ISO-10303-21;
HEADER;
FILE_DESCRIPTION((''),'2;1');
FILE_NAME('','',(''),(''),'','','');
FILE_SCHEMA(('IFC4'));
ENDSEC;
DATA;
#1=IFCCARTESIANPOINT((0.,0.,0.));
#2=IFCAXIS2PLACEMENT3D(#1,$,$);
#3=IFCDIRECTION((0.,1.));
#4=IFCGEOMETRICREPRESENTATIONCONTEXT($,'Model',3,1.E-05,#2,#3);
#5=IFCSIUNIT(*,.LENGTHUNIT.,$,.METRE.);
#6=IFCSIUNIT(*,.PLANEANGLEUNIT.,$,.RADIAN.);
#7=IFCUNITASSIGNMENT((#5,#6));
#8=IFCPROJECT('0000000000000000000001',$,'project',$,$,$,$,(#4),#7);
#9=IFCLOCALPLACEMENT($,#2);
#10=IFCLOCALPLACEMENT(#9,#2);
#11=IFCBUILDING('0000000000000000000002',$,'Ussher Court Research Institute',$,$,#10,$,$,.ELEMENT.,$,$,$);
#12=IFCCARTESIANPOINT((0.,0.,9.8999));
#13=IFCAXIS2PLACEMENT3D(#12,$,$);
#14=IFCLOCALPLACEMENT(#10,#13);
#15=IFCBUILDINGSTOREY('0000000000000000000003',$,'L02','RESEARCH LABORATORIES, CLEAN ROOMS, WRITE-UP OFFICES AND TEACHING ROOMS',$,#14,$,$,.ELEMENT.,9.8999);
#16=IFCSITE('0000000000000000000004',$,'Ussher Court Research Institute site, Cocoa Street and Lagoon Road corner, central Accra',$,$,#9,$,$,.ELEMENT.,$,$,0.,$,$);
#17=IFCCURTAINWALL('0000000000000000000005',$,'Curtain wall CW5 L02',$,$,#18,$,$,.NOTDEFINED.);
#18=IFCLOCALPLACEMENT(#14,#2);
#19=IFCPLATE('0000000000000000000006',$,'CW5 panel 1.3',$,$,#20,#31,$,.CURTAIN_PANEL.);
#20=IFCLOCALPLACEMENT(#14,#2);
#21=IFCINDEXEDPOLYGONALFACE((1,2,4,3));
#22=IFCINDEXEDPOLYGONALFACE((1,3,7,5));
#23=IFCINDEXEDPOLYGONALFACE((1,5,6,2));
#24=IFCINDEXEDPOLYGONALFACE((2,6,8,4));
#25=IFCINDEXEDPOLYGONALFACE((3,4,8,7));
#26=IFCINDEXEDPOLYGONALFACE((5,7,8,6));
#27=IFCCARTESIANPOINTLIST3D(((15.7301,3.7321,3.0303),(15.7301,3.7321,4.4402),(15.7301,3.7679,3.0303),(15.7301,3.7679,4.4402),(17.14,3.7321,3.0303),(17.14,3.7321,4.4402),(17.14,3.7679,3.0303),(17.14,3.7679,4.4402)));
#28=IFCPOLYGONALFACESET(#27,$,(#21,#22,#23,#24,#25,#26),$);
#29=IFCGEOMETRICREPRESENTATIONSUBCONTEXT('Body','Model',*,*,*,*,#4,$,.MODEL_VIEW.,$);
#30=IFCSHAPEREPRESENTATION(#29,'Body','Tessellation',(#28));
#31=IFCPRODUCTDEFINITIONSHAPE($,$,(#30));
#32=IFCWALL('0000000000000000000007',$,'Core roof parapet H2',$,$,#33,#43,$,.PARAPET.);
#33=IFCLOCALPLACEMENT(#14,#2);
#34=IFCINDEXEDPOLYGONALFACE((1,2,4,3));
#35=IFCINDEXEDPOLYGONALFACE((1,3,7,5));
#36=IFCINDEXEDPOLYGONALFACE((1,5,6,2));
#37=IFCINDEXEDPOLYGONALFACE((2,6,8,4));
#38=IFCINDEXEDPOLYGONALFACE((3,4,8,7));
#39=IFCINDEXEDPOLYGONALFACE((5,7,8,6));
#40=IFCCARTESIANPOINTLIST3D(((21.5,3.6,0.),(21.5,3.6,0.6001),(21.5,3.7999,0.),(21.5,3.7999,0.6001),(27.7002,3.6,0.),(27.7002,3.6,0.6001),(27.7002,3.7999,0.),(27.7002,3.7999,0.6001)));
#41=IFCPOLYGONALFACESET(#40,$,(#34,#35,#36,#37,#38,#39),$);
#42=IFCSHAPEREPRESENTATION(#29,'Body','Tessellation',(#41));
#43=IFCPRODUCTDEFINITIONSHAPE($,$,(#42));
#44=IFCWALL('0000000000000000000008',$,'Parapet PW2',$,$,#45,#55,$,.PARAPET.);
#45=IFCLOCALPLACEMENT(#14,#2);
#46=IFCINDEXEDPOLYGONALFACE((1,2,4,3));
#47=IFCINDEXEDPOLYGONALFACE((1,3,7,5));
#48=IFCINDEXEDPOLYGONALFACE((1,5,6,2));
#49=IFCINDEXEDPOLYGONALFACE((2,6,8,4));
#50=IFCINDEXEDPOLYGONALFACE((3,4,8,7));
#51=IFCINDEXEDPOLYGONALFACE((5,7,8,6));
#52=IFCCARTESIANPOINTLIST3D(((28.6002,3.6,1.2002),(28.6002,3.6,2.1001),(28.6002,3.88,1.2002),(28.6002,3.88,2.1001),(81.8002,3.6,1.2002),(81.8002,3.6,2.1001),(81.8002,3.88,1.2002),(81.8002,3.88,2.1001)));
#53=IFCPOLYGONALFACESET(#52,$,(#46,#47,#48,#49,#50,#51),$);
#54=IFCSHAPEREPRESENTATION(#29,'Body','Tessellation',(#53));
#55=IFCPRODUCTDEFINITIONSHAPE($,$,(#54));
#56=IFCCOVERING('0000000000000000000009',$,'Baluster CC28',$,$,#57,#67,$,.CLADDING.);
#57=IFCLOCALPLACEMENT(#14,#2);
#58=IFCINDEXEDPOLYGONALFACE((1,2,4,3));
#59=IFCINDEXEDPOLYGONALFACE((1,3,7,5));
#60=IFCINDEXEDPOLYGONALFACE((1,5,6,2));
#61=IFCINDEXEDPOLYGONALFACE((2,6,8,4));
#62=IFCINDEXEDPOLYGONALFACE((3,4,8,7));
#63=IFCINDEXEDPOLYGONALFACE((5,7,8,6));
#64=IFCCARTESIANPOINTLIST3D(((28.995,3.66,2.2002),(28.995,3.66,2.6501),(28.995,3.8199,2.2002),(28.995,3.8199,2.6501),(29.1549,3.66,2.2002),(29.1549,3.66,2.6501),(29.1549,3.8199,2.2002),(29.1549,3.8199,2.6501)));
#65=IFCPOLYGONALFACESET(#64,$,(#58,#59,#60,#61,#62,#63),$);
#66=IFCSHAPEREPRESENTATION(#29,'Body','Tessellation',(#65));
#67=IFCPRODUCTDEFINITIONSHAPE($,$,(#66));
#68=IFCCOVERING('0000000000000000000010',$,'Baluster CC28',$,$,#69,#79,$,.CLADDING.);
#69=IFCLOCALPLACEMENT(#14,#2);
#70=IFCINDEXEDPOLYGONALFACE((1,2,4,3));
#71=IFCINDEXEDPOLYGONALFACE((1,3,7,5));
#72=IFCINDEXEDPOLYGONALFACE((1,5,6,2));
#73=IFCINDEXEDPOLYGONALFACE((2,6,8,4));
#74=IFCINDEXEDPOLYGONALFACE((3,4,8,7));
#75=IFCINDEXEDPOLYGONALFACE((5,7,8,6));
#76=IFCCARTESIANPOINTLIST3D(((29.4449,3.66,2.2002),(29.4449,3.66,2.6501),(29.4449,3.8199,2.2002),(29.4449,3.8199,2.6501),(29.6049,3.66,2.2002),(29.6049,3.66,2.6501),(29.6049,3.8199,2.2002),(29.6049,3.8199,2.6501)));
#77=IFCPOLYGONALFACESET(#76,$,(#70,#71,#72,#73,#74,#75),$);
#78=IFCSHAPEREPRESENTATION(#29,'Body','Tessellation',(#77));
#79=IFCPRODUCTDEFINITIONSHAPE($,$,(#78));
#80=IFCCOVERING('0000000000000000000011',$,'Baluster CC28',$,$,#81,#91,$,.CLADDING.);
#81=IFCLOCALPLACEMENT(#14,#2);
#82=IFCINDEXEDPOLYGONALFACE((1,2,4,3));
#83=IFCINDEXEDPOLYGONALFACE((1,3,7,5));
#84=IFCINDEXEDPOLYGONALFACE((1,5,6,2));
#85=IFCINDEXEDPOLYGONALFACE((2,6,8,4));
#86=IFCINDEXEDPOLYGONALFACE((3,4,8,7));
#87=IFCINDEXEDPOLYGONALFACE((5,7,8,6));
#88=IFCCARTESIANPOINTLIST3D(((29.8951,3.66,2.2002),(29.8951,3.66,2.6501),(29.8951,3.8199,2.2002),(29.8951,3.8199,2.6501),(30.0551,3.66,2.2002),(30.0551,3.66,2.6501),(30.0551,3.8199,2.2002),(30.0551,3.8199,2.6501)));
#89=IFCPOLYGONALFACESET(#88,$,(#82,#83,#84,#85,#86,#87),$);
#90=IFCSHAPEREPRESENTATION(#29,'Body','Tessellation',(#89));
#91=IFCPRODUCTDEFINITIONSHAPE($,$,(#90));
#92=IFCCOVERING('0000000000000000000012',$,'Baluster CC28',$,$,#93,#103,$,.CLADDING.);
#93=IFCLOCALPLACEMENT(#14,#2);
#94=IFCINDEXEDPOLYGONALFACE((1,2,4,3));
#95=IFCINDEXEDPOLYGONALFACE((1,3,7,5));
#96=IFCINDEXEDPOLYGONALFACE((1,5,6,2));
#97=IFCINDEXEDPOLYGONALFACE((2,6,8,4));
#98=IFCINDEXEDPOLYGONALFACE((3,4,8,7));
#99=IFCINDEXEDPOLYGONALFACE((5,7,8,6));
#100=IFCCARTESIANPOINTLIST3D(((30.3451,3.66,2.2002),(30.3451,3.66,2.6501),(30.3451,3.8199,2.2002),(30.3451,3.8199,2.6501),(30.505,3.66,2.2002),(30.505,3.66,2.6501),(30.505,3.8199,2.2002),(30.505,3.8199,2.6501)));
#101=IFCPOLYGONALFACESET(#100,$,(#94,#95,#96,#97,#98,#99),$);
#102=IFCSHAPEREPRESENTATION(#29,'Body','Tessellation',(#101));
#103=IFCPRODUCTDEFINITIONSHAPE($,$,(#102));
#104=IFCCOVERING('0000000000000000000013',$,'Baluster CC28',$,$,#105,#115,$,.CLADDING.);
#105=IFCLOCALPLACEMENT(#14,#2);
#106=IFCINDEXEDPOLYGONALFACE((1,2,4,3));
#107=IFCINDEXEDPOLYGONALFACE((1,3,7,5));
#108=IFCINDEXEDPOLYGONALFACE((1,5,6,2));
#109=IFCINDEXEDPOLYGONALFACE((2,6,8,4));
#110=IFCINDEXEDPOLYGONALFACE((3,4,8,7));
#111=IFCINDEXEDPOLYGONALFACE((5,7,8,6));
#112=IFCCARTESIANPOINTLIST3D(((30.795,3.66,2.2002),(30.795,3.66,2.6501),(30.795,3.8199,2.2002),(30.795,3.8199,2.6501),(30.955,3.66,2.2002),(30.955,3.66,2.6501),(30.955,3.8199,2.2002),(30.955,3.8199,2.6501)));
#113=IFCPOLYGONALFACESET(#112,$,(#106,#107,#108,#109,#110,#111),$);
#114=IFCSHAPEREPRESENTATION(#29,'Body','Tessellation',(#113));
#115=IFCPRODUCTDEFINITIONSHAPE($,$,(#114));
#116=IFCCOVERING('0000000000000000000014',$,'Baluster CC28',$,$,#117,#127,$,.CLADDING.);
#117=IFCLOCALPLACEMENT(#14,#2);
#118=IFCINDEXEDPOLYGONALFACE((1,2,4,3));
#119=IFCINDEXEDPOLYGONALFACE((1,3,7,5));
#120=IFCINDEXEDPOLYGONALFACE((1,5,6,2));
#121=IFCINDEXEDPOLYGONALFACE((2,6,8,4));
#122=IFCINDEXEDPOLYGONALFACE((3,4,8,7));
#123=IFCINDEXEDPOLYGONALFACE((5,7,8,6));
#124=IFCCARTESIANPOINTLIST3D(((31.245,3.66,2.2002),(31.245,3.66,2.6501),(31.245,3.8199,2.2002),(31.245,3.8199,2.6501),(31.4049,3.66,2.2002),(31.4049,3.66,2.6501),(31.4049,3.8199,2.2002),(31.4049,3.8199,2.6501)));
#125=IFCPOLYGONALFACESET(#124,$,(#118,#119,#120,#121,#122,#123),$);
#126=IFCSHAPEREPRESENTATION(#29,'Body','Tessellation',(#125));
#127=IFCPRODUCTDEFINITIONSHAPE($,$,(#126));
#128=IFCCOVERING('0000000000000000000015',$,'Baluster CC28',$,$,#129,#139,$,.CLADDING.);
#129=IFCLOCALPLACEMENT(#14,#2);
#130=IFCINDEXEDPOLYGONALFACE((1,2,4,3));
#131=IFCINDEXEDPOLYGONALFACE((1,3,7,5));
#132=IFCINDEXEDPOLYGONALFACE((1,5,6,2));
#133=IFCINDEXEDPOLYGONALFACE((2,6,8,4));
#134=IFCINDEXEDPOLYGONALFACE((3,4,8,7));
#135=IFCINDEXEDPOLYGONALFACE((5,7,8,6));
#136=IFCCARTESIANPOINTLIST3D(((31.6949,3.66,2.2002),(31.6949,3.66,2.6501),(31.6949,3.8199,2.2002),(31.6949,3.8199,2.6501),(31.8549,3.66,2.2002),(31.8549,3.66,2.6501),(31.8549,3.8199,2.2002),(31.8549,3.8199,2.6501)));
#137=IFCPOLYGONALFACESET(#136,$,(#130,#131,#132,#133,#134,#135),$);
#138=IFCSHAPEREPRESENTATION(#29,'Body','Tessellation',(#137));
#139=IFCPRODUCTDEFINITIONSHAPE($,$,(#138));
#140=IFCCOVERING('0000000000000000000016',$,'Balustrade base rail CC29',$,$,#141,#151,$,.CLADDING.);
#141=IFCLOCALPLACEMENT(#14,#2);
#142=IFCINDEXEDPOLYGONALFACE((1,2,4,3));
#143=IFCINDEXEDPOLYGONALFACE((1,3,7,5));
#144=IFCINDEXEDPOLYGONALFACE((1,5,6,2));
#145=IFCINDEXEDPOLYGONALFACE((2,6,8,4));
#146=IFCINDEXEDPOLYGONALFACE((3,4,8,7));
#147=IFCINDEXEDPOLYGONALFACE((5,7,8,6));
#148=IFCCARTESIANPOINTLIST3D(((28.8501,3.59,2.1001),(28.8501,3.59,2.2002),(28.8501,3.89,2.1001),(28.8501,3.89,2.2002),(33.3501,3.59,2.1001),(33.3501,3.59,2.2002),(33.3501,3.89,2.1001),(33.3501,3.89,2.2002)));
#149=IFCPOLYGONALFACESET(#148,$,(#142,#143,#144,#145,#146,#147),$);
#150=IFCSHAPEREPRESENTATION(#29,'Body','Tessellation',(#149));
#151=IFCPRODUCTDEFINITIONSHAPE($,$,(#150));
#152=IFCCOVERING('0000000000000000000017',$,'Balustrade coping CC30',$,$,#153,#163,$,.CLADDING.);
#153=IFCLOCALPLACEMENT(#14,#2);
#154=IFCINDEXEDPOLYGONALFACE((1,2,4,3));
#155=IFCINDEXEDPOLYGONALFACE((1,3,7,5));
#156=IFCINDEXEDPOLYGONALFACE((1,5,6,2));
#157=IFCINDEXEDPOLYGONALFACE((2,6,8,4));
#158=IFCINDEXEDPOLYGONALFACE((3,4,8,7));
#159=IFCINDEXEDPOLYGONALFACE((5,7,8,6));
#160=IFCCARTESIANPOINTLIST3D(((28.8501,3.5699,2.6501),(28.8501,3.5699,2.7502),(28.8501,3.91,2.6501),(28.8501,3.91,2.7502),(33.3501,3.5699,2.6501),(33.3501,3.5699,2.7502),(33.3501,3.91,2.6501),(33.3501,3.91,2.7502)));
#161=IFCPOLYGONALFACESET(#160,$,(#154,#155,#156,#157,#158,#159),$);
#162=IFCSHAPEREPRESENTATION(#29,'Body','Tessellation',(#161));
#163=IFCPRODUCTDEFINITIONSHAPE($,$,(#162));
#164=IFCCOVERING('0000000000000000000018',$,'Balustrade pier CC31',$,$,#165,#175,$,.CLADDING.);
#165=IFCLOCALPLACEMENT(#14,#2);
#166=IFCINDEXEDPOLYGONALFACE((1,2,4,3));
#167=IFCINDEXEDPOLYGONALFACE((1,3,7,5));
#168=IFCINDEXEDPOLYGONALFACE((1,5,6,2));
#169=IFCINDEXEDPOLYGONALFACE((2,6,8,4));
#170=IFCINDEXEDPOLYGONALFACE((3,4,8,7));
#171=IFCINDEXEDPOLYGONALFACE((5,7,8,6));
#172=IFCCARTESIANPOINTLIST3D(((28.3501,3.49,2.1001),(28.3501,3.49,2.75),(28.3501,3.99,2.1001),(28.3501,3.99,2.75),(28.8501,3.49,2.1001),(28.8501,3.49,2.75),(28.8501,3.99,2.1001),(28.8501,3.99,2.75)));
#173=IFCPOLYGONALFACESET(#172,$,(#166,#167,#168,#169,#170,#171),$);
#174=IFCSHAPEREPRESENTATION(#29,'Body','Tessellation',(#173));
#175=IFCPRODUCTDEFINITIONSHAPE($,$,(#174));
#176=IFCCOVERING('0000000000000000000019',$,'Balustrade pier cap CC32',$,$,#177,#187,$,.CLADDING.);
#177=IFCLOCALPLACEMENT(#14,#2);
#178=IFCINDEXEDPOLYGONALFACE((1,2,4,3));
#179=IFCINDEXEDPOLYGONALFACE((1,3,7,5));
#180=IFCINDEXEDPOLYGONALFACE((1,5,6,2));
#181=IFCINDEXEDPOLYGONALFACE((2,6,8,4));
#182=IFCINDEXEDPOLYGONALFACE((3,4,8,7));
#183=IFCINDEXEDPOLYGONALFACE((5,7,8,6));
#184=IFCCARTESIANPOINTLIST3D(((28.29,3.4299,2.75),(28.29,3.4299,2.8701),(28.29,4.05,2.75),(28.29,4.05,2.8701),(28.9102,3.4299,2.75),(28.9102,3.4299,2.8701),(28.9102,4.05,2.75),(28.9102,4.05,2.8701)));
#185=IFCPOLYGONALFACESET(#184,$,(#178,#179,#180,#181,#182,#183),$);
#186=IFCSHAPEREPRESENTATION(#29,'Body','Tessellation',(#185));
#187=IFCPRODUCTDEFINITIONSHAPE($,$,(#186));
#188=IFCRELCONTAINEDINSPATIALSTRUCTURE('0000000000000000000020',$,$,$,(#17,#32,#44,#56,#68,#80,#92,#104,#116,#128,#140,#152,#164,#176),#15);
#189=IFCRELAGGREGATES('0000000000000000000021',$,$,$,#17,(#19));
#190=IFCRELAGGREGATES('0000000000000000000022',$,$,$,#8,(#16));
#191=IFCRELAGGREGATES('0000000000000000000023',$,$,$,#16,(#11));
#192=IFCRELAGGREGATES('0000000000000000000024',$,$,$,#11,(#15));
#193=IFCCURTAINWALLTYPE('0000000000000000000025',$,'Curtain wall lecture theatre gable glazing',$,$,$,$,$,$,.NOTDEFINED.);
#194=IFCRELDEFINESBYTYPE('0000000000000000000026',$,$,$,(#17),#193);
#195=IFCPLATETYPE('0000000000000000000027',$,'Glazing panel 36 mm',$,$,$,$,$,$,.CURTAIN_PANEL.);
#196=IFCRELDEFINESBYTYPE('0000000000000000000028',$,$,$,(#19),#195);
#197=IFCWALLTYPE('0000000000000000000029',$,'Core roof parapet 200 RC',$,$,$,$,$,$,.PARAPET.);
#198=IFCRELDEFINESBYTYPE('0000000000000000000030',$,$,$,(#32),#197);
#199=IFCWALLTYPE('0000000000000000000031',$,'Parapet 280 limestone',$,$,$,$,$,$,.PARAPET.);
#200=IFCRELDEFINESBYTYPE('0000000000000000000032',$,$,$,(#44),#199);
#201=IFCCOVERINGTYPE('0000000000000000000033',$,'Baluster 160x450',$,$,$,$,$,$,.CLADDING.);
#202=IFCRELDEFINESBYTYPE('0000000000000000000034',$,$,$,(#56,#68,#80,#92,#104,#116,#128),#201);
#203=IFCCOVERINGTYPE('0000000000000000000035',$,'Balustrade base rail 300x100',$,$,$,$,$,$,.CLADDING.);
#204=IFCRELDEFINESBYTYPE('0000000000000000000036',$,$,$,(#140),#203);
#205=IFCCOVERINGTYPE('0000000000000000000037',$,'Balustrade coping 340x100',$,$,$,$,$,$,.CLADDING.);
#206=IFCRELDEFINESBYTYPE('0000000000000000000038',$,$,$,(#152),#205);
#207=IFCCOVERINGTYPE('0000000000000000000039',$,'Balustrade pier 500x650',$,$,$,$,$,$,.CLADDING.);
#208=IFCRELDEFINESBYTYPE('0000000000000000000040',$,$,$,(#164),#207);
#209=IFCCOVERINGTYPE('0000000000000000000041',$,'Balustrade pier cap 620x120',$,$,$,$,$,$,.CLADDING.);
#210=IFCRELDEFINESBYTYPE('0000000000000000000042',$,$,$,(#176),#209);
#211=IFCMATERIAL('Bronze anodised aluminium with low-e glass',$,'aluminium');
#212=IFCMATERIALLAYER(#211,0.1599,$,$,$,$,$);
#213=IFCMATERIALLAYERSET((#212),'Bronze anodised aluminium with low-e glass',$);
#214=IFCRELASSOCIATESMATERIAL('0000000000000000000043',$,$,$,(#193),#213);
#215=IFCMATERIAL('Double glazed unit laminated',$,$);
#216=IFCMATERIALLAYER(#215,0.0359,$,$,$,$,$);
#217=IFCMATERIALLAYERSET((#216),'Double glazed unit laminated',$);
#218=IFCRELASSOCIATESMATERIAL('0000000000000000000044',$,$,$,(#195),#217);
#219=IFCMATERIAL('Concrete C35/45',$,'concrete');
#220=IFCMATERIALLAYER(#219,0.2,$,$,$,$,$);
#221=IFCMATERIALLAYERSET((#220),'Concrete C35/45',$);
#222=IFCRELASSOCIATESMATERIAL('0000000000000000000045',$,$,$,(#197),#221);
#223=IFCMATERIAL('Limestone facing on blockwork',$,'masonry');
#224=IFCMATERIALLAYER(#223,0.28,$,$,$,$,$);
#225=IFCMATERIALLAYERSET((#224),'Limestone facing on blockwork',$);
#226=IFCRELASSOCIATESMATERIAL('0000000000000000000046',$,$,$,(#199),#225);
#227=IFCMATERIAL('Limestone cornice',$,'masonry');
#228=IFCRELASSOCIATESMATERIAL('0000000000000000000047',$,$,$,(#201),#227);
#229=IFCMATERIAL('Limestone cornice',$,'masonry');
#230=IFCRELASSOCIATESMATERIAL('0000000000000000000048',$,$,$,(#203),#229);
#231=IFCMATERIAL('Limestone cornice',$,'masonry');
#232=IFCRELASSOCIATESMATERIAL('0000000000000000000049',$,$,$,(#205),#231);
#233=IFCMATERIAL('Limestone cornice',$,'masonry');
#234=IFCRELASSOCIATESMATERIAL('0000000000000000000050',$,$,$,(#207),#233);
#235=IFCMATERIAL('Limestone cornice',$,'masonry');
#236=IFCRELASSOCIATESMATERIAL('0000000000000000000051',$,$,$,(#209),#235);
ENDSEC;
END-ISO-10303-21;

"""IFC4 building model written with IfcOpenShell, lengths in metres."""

from ifc_helpers import new_model, si_unit, direction, frame, frame_2d, origin, origin_2d, place, context, subcontext, project, spatial, rectangle, extrude, material, layer, layer_set, type_object, element, aggregate, save


model = new_model("IFC4")

# Units and contexts
model_context = context("Model", 3, precision=1e-05, world=origin(), true_north=direction((0.0, 1.0)))
body_context = subcontext(model_context, "Body", "Model", "MODEL_VIEW")
ifc_project = project(units=[si_unit("LENGTHUNIT", "METRE"), si_unit("PLANEANGLEUNIT", "RADIAN")], contexts=[model_context])

# Site, building, storey
site_placement = place(None, origin())
site = spatial("IfcSite", under=ifc_project, at=site_placement, Name="Ussher Court Research Institute site, Cocoa Street and Lagoon Road corner, central Accra", CompositionType="ELEMENT", RefElevation=0.0)
building_placement = place(site_placement, origin())
building = spatial("IfcBuilding", under=site, at=building_placement, Name="Ussher Court Research Institute", CompositionType="ELEMENT")
storey_placement = place(building_placement, frame((0.0, 0.0, 9.8999)))
storey = spatial("IfcBuildingStorey", under=building, at=storey_placement, Name="L02", Description="RESEARCH LABORATORIES, CLEAN ROOMS, WRITE-UP OFFICES AND TEACHING ROOMS", CompositionType="ELEMENT", Elevation=9.8999)

# Shared definitions
ifc_material_1 = material(Name="Bronze anodised aluminium with low-e glass", Category="aluminium")
ifc_layer_1 = layer(ifc_material_1, 0.1599)
ifc_layer_set_1 = layer_set([ifc_layer_1], Name="Bronze anodised aluminium with low-e glass")
curtain_wall_type = type_object("IfcCurtainWallType", Name="Curtain wall lecture theatre gable glazing", PredefinedType="NOTDEFINED", material=ifc_layer_set_1)

# Curtain wall
curtain_wall_1_placement = place(storey_placement, origin())
curtain_wall_1 = element("IfcCurtainWall", 1, at=curtain_wall_1_placement, inside=storey, type_object=curtain_wall_type, Name="Curtain wall CW5 L02", PredefinedType="NOTDEFINED")

# Plate
ifc_material_2 = material(Name="Double glazed unit laminated")
ifc_layer_2 = layer(ifc_material_2, 0.0359)
ifc_layer_set_2 = layer_set([ifc_layer_2], Name="Double glazed unit laminated")
plate_type = type_object("IfcPlateType", Name="Glazing panel 36 mm", PredefinedType="CURTAIN_PANEL", material=ifc_layer_set_2)
plate_1_placement = place(storey_placement, frame((16.4351, 3.75, 3.0303), z_axis=(0.0, 0.0, 1.0), x_axis=(-1.0, 0.0, 0.0)))
plate_1 = element("IfcPlate", 2, at=plate_1_placement, type_object=plate_type, Name="CW5 panel 1.3", PredefinedType="CURTAIN_PANEL", context=body_context, shape_type="SweptSolid", body=[
    extrude(rectangle(XDim=1.4099, YDim=0.0359, at=origin_2d()), origin(), (0.0, 0.0, 1.0), 1.4099),
])
aggregate(curtain_wall_1, [plate_1])

# Walls
ifc_material_3 = material(Name="Concrete C35/45", Category="concrete")
ifc_layer_3 = layer(ifc_material_3, 0.2)
ifc_layer_set_3 = layer_set([ifc_layer_3], Name="Concrete C35/45")
wall_type_1 = type_object("IfcWallType", Name="Core roof parapet 200 RC", PredefinedType="PARAPET", material=ifc_layer_set_3)
wall_1_placement = place(storey_placement, frame((21.5, 3.7, 0.0), z_axis=(0.0, 0.0, 1.0), x_axis=(1.0, 0.0, 0.0)))
element("IfcWall", 3, at=wall_1_placement, inside=storey, type_object=wall_type_1, Name="Core roof parapet H2", PredefinedType="PARAPET", context=body_context, shape_type="SweptSolid", body=[
    extrude(rectangle(XDim=6.2002, YDim=0.2, at=frame_2d((3.1001, 0.0))), origin(), (0.0, 0.0, 1.0), 0.6001),
])
ifc_material_4 = material(Name="Limestone facing on blockwork", Category="masonry")
ifc_layer_4 = layer(ifc_material_4, 0.28)
ifc_layer_set_4 = layer_set([ifc_layer_4], Name="Limestone facing on blockwork")
wall_type_2 = type_object("IfcWallType", Name="Parapet 280 limestone", PredefinedType="PARAPET", material=ifc_layer_set_4)
wall_2_placement = place(storey_placement, frame((28.6001, 3.74, 1.2002), z_axis=(0.0, 0.0, 1.0), x_axis=(1.0, 0.0, 0.0)))
element("IfcWall", 4, at=wall_2_placement, inside=storey, type_object=wall_type_2, Name="Parapet PW2", PredefinedType="PARAPET", context=body_context, shape_type="SweptSolid", body=[
    extrude(rectangle(XDim=53.2, YDim=0.28, at=frame_2d((26.6001, 0.0))), origin(), (0.0, 0.0, 1.0), 0.8999),
])

# Coverings
ifc_material_5 = material(Name="Limestone cornice", Category="masonry")
covering_type_1 = type_object("IfcCoveringType", Name="Baluster 160x450", PredefinedType="CLADDING", material=ifc_material_5)
for number, where, z_axis, x_axis, name in (
    (5, (29.075, 3.74, 2.2002), (0.0, 0.0, 1.0), (1.0, 0.0, 0.0), "Baluster CC28"),
    (6, (29.5249, 3.74, 2.2002), (0.0, 0.0, 1.0), (1.0, 0.0, 0.0), "Baluster CC28"),
    (7, (29.9751, 3.74, 2.2002), (0.0, 0.0, 1.0), (1.0, 0.0, 0.0), "Baluster CC28"),
    (8, (30.425, 3.74, 2.2002), (0.0, 0.0, 1.0), (1.0, 0.0, 0.0), "Baluster CC28"),
    (9, (30.875, 3.74, 2.2002), (0.0, 0.0, 1.0), (1.0, 0.0, 0.0), "Baluster CC28"),
    (10, (31.325, 3.74, 2.2002), (0.0, 0.0, 1.0), (1.0, 0.0, 0.0), "Baluster CC28"),
    (11, (31.7749, 3.74, 2.2002), (0.0, 0.0, 1.0), (1.0, 0.0, 0.0), "Baluster CC28"),
):
    element("IfcCovering", number, at=place(storey_placement, frame(where, z_axis=z_axis, x_axis=x_axis)), inside=storey, type_object=covering_type_1, Name=name, PredefinedType="CLADDING", context=body_context, shape_type="SweptSolid", body=[
        extrude(rectangle(XDim=0.1599, YDim=0.1599, at=origin_2d()), origin(), (0.0, 0.0, 1.0), 0.45),
    ])
ifc_material_6 = material(Name="Limestone cornice", Category="masonry")
covering_type_2 = type_object("IfcCoveringType", Name="Balustrade base rail 300x100", PredefinedType="CLADDING", material=ifc_material_6)
covering_1_placement = place(storey_placement, frame((31.1001, 3.74, 2.1001), z_axis=(0.0, 0.0, 1.0), x_axis=(1.0, 0.0, 0.0)))
element("IfcCovering", 12, at=covering_1_placement, inside=storey, type_object=covering_type_2, Name="Balustrade base rail CC29", PredefinedType="CLADDING", context=body_context, shape_type="SweptSolid", body=[
    extrude(rectangle(XDim=4.5, YDim=0.3, at=origin_2d()), origin(), (0.0, 0.0, 1.0), 0.1001),
])
ifc_material_7 = material(Name="Limestone cornice", Category="masonry")
covering_type_3 = type_object("IfcCoveringType", Name="Balustrade coping 340x100", PredefinedType="CLADDING", material=ifc_material_7)
covering_2_placement = place(storey_placement, frame((31.1001, 3.74, 2.6501), z_axis=(0.0, 0.0, 1.0), x_axis=(1.0, 0.0, 0.0)))
element("IfcCovering", 13, at=covering_2_placement, inside=storey, type_object=covering_type_3, Name="Balustrade coping CC30", PredefinedType="CLADDING", context=body_context, shape_type="SweptSolid", body=[
    extrude(rectangle(XDim=4.5, YDim=0.3401, at=origin_2d()), origin(), (0.0, 0.0, 1.0), 0.1001),
])
ifc_material_8 = material(Name="Limestone cornice", Category="masonry")
covering_type_4 = type_object("IfcCoveringType", Name="Balustrade pier 500x650", PredefinedType="CLADDING", material=ifc_material_8)
covering_3_placement = place(storey_placement, frame((28.6001, 3.74, 2.1001), z_axis=(0.0, 0.0, 1.0), x_axis=(1.0, 0.0, 0.0)))
element("IfcCovering", 14, at=covering_3_placement, inside=storey, type_object=covering_type_4, Name="Balustrade pier CC31", PredefinedType="CLADDING", context=body_context, shape_type="SweptSolid", body=[
    extrude(rectangle(XDim=0.5, YDim=0.5, at=origin_2d()), origin(), (0.0, 0.0, 1.0), 0.6499),
])
ifc_material_9 = material(Name="Limestone cornice", Category="masonry")
covering_type_5 = type_object("IfcCoveringType", Name="Balustrade pier cap 620x120", PredefinedType="CLADDING", material=ifc_material_9)
covering_4_placement = place(storey_placement, frame((28.6001, 3.74, 2.75), z_axis=(0.0, 0.0, 1.0), x_axis=(1.0, 0.0, 0.0)))
element("IfcCovering", 15, at=covering_4_placement, inside=storey, type_object=covering_type_5, Name="Balustrade pier cap CC32", PredefinedType="CLADDING", context=body_context, shape_type="SweptSolid", body=[
    extrude(rectangle(XDim=0.6201, YDim=0.6201, at=origin_2d()), origin(), (0.0, 0.0, 1.0), 0.1201),
])

save(model, "model.ifc")
